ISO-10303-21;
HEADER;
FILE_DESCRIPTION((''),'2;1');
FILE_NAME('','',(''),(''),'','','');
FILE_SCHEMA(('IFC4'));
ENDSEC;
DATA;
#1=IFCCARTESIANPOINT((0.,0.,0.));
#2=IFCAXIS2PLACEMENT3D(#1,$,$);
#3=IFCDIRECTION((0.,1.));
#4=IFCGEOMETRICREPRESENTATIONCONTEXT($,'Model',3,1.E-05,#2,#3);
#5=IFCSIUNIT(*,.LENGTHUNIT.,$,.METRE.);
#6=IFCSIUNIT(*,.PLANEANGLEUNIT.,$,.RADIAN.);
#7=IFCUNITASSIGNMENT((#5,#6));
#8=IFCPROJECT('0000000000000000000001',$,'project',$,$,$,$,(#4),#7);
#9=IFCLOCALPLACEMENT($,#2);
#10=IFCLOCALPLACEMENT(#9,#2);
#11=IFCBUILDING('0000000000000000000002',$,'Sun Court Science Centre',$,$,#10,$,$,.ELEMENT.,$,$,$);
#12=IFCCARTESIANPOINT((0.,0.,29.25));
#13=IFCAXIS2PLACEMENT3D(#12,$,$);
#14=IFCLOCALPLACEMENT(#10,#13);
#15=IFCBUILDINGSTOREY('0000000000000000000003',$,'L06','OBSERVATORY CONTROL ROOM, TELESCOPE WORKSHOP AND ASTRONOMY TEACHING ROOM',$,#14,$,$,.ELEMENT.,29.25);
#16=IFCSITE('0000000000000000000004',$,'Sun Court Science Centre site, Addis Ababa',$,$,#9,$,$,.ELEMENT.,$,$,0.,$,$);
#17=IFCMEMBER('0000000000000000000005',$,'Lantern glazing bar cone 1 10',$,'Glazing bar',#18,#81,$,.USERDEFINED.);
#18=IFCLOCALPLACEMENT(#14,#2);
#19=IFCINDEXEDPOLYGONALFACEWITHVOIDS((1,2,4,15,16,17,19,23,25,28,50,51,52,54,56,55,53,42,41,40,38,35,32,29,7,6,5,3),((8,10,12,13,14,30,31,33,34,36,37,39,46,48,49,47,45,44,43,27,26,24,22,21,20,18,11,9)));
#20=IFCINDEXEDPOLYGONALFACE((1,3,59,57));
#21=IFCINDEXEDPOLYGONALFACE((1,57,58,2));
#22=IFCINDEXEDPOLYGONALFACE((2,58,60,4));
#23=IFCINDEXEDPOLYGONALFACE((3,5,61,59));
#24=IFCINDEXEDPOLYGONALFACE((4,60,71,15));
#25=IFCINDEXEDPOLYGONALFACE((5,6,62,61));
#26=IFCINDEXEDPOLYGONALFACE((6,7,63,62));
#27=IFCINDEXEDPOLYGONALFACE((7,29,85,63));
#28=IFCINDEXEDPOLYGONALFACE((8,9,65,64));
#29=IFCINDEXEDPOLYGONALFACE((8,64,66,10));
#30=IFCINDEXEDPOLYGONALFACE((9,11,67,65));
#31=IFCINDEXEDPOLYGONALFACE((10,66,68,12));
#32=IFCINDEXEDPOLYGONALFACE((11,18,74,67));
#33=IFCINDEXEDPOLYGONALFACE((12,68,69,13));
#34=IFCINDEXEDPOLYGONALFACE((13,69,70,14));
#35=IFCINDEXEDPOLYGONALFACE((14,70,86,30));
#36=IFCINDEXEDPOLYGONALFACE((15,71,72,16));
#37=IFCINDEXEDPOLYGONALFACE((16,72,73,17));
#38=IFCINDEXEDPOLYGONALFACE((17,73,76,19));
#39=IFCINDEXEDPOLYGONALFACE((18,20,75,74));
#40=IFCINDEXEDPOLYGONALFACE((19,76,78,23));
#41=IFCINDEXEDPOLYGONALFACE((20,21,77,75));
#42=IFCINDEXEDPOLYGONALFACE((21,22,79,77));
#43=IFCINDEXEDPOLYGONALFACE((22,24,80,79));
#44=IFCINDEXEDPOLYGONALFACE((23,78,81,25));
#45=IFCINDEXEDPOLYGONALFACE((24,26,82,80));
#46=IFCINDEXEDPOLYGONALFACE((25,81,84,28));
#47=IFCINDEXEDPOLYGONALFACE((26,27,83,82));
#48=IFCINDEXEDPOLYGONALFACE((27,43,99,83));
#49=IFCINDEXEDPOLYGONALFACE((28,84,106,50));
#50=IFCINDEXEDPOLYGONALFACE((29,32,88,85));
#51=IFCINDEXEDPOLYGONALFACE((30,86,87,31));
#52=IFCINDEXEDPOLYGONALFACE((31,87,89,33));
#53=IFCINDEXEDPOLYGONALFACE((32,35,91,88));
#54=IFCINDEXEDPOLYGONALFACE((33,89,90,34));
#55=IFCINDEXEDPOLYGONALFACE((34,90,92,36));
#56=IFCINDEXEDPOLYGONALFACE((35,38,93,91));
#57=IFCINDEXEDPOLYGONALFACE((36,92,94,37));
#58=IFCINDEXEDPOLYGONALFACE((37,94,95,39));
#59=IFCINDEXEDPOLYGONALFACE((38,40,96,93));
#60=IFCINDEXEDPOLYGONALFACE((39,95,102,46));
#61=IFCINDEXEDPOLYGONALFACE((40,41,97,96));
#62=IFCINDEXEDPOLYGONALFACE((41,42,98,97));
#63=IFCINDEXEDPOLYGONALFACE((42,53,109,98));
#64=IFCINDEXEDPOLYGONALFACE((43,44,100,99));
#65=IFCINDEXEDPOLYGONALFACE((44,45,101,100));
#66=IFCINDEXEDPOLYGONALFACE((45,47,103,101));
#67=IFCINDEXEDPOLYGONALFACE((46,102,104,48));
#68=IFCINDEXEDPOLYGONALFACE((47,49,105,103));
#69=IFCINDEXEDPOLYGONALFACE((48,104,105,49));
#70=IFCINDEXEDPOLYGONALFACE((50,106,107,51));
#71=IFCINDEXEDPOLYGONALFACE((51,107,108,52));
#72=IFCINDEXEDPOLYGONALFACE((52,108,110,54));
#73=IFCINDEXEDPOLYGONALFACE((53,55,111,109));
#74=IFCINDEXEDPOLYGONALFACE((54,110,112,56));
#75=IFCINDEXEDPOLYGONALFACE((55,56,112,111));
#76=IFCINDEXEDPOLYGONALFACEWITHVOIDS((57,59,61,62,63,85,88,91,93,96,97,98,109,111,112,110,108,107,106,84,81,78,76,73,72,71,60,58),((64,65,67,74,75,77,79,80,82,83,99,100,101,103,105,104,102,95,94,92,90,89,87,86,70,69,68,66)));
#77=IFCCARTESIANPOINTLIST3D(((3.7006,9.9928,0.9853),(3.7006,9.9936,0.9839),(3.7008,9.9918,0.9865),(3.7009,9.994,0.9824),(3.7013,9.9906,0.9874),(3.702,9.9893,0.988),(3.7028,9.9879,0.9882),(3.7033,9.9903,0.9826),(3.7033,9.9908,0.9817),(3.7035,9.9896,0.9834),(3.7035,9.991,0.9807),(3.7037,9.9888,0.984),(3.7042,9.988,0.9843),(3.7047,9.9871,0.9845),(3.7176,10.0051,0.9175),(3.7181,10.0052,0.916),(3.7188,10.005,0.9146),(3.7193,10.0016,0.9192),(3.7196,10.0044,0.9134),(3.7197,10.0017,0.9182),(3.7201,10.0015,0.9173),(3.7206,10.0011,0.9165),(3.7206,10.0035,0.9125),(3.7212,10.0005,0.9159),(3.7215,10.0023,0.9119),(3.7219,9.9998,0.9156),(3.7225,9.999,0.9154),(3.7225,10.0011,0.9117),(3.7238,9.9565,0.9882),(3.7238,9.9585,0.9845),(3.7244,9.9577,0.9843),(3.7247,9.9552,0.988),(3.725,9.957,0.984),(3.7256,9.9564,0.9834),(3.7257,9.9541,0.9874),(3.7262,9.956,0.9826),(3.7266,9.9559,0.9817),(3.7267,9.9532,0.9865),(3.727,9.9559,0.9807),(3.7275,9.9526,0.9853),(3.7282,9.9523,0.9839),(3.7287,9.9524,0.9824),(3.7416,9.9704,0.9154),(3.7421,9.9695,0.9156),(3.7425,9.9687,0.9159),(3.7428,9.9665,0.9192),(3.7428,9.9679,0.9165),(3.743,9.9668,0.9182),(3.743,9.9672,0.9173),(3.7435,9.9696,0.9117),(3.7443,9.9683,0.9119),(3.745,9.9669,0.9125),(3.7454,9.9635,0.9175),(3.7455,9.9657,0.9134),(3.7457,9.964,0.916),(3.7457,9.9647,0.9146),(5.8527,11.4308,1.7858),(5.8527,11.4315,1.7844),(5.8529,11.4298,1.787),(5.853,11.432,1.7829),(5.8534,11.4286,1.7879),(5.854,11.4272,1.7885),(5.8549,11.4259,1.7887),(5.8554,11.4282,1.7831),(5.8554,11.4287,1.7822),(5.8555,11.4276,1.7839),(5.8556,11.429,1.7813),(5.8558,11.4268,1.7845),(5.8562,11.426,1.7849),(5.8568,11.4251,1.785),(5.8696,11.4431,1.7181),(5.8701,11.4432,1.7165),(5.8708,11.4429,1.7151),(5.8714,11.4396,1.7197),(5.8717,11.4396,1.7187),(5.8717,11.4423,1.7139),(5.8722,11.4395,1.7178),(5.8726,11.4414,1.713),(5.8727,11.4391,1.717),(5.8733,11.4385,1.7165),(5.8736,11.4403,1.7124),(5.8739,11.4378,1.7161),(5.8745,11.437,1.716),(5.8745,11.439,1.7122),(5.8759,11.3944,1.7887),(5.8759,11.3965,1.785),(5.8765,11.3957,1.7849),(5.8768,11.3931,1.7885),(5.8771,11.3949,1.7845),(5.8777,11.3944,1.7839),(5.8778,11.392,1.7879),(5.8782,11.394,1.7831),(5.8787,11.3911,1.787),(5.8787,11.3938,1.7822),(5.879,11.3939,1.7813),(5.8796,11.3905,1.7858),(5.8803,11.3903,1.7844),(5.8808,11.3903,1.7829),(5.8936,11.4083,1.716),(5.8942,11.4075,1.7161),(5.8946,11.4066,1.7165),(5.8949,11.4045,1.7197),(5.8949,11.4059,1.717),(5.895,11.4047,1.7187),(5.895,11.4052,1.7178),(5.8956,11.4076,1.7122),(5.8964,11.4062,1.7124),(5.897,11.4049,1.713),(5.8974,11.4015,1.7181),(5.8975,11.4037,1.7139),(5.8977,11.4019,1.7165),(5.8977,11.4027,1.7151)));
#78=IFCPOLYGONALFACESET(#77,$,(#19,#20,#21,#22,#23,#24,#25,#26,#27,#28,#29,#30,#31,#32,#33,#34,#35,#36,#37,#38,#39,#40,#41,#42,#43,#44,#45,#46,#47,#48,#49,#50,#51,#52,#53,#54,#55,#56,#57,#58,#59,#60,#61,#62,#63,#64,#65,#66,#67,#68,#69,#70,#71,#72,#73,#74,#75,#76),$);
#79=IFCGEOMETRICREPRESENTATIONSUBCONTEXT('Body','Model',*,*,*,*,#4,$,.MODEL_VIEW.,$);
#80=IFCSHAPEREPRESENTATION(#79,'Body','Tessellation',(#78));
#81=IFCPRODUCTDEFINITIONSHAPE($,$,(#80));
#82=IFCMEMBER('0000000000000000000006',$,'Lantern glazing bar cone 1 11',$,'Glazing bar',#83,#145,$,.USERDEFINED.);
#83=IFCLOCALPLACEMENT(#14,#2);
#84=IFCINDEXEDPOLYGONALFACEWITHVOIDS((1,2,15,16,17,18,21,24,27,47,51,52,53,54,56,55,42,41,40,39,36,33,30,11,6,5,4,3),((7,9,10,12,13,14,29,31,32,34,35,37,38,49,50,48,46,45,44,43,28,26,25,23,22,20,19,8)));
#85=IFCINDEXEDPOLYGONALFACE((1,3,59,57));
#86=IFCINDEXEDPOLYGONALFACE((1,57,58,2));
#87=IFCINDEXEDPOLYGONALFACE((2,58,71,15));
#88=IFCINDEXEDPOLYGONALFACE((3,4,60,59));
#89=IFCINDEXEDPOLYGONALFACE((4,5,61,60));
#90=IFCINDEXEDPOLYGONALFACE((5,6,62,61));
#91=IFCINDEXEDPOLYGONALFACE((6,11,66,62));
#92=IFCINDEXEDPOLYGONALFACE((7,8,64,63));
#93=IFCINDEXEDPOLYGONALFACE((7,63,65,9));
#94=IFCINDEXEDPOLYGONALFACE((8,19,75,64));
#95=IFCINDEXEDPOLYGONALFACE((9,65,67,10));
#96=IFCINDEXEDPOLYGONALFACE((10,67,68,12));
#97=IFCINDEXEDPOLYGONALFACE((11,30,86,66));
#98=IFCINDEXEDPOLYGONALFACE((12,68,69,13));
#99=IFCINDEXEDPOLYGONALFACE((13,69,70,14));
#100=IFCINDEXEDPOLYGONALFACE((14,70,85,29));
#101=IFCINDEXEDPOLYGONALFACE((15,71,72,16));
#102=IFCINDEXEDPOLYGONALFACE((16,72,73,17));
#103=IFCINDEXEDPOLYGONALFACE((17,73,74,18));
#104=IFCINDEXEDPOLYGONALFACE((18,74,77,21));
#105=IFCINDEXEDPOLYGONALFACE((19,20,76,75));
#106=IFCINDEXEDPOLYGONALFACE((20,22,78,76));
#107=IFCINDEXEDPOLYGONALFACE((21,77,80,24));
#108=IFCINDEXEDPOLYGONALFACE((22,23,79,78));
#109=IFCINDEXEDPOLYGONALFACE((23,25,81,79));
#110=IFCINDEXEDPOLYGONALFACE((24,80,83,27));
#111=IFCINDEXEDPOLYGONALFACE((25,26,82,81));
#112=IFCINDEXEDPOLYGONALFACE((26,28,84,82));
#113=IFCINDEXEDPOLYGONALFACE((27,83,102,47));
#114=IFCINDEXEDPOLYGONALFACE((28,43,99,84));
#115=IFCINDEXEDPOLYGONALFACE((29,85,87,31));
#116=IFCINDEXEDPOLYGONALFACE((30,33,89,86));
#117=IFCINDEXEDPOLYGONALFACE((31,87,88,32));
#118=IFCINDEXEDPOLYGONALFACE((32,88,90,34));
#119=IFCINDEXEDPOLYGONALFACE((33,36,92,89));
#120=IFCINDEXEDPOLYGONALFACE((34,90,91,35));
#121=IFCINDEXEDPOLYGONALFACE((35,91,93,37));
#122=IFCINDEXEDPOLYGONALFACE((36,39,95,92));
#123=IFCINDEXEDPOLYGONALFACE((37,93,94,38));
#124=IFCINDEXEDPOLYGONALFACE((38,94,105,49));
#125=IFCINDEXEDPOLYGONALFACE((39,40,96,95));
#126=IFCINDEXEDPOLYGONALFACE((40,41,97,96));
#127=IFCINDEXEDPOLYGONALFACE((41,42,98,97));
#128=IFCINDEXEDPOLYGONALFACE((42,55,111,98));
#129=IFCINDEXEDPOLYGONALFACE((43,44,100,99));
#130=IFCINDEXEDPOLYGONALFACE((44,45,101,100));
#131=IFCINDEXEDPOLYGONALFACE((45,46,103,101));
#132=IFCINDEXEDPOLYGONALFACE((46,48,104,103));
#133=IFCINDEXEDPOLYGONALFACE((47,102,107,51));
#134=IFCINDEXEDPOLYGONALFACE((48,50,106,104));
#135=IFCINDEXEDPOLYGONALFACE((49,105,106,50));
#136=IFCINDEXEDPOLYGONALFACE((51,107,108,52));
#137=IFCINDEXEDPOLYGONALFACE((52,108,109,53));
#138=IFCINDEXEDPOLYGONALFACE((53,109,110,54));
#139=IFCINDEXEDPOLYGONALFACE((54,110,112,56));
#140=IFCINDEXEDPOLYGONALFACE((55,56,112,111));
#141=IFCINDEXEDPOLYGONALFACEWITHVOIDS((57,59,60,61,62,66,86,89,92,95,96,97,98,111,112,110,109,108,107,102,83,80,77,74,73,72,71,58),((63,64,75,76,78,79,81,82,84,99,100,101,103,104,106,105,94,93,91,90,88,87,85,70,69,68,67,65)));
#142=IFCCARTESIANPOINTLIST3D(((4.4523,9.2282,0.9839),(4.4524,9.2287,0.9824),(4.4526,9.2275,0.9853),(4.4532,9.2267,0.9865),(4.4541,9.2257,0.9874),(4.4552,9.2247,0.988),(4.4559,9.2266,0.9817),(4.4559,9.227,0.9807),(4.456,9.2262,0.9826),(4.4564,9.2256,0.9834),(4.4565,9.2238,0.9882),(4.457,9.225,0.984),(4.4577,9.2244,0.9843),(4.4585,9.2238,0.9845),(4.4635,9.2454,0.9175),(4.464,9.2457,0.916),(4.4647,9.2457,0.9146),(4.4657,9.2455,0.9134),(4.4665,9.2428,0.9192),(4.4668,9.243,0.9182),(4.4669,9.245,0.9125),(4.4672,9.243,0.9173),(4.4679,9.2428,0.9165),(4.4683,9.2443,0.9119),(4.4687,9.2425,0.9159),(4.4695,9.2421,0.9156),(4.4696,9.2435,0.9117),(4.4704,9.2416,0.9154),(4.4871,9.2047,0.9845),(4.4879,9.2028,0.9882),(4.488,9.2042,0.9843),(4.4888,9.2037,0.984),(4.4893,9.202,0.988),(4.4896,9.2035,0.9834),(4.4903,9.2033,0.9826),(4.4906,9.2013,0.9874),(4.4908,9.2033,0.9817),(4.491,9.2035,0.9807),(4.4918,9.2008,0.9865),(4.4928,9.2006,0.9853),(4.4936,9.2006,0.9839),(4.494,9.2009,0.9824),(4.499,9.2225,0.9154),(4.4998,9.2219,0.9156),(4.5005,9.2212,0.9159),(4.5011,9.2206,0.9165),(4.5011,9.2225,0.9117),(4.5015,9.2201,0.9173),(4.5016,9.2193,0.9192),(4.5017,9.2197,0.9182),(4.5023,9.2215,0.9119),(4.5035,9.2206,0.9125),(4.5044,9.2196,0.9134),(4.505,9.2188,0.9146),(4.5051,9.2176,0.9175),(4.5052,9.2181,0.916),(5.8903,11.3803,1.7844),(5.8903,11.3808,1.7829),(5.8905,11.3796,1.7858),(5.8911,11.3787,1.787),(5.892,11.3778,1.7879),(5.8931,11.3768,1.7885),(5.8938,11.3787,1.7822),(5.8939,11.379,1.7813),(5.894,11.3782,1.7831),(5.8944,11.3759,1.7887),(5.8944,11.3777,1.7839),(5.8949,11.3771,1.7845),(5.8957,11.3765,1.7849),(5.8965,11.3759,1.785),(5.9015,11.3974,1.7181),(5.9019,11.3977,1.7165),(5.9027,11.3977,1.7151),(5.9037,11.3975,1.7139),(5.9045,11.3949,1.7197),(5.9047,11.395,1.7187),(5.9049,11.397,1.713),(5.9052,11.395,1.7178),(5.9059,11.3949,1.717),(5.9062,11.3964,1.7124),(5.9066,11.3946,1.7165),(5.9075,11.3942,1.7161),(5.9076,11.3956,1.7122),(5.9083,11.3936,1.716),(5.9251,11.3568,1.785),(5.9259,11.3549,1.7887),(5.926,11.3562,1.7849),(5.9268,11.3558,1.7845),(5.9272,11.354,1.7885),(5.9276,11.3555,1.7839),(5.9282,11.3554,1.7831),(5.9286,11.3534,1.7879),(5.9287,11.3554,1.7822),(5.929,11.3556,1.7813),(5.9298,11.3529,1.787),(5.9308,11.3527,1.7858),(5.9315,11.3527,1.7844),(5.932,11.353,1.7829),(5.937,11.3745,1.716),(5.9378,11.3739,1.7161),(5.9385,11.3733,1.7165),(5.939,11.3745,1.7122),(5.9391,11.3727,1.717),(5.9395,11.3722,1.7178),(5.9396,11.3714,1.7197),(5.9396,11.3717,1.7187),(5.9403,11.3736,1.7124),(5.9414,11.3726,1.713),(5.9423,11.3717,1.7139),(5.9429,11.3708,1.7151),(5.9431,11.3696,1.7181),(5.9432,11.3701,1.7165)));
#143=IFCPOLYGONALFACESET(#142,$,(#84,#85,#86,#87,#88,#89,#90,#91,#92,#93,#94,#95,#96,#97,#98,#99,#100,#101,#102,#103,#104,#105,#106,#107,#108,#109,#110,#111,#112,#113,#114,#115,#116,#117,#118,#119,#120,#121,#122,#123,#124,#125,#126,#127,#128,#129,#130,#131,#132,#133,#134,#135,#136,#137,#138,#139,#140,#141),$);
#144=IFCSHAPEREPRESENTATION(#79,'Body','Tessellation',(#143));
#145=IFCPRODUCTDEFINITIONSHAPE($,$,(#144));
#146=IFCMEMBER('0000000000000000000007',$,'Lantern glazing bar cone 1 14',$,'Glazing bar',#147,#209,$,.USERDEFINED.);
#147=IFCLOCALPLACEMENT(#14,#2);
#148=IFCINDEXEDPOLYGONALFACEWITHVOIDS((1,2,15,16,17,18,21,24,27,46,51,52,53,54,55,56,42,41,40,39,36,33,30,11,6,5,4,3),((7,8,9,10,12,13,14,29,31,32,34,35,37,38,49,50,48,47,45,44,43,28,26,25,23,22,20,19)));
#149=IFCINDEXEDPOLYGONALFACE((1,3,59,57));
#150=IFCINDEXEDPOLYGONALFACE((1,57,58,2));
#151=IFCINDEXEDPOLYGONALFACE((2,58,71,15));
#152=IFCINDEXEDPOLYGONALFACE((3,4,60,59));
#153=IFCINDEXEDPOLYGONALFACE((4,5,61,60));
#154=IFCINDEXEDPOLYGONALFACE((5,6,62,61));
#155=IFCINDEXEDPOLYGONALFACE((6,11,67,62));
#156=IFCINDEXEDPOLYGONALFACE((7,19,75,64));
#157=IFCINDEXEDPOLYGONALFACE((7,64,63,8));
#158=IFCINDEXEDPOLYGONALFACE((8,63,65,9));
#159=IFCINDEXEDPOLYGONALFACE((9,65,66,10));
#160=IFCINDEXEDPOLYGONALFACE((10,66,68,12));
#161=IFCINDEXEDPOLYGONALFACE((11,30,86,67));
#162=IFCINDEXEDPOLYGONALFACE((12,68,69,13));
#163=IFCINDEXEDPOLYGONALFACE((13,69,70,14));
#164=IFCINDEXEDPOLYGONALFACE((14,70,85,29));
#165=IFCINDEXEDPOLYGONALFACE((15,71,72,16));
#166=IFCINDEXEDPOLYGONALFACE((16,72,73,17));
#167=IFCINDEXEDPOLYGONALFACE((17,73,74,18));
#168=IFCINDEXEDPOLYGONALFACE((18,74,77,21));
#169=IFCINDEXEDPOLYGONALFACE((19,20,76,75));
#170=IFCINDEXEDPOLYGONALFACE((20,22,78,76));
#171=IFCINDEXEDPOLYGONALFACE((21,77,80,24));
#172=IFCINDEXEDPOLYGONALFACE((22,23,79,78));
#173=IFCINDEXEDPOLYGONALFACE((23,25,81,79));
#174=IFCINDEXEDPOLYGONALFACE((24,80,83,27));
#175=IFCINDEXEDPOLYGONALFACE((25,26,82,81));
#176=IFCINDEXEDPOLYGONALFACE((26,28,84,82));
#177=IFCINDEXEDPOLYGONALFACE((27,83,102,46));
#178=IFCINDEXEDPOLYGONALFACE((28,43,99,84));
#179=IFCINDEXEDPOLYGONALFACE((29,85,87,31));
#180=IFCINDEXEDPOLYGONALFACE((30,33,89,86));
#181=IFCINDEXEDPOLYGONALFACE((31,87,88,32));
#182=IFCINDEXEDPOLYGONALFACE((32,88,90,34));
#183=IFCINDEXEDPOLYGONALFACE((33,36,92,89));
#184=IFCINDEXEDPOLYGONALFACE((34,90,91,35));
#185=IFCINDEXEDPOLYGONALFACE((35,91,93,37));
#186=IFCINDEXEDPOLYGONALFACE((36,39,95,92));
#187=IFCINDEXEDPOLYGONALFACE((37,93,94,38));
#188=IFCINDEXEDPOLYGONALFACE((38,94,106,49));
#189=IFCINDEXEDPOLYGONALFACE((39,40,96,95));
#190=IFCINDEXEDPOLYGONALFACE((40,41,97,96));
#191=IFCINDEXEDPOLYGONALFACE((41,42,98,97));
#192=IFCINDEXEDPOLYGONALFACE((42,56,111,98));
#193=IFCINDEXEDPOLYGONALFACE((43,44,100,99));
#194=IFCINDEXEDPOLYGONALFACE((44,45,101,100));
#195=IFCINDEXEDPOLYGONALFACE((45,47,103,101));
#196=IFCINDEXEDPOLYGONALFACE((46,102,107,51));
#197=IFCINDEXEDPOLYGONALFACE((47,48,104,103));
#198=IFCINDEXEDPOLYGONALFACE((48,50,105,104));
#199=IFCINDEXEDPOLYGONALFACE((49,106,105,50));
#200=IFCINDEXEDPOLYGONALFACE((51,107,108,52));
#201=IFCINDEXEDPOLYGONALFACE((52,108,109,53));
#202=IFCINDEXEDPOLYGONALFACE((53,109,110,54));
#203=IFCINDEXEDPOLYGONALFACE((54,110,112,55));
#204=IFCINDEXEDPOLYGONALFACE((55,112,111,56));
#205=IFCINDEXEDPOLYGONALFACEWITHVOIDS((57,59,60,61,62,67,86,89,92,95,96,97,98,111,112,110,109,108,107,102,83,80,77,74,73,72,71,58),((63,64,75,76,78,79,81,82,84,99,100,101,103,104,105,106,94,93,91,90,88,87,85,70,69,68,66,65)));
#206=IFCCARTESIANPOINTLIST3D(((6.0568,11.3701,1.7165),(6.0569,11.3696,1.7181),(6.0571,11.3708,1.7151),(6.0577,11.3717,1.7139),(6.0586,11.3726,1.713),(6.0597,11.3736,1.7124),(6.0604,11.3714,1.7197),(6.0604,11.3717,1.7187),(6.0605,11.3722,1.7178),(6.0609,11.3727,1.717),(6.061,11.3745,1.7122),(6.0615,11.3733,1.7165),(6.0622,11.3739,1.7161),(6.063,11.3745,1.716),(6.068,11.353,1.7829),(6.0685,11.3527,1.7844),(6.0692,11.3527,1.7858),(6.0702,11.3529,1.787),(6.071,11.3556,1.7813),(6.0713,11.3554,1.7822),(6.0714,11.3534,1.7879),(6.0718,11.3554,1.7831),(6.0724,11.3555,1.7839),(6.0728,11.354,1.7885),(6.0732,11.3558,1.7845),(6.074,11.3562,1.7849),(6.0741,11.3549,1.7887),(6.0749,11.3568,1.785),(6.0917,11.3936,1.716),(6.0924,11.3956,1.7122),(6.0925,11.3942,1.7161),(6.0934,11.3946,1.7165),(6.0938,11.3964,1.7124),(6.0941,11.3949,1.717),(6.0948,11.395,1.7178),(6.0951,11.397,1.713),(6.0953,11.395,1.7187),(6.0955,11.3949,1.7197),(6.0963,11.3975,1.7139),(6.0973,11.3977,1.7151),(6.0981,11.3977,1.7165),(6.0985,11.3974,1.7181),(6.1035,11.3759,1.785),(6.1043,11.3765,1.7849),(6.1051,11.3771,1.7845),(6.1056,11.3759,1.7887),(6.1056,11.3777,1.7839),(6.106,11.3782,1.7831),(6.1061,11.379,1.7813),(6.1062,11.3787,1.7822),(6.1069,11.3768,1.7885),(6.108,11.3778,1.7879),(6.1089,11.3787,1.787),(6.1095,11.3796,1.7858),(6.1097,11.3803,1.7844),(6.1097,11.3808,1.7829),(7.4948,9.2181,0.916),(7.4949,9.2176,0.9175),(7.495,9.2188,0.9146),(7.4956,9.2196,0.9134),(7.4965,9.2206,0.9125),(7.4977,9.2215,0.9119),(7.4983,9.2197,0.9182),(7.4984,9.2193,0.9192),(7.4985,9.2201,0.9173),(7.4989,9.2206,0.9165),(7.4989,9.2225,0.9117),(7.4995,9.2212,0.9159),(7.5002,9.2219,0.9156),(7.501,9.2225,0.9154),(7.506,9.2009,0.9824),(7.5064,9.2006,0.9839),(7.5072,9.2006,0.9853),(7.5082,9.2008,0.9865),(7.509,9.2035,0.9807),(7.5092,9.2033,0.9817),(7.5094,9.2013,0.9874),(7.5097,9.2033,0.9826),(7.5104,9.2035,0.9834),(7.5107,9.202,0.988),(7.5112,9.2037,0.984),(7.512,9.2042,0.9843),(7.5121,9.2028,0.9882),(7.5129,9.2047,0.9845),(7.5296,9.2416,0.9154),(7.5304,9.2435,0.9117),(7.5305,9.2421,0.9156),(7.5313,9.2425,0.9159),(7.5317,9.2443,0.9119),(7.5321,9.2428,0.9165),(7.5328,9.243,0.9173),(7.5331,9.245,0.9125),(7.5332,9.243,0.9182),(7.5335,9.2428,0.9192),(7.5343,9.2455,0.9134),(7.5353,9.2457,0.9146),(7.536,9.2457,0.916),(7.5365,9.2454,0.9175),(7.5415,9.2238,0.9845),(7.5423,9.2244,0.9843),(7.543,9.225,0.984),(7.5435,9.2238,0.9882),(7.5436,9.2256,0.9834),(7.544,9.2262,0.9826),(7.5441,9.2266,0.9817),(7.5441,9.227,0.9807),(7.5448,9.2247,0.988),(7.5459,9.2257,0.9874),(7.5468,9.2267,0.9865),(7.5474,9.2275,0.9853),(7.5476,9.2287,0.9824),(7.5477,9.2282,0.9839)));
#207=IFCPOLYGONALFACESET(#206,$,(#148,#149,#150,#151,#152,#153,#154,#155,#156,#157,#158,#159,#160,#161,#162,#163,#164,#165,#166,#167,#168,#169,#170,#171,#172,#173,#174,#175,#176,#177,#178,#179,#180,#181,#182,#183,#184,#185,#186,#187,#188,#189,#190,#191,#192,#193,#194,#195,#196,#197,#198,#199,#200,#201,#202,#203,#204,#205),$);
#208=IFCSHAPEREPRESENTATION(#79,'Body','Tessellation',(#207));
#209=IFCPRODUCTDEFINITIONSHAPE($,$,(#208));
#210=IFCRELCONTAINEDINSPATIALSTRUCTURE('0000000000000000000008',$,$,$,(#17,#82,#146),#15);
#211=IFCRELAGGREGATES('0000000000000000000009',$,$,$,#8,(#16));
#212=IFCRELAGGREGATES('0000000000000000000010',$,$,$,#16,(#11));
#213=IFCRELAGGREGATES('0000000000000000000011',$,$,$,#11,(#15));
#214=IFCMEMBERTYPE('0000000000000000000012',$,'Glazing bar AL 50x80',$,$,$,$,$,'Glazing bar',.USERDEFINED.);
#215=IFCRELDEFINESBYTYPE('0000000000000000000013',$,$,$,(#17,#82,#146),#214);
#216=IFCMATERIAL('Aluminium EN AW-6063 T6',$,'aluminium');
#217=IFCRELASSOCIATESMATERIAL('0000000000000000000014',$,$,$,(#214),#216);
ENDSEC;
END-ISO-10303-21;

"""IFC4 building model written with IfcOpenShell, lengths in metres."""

from ifc_helpers import new_model, si_unit, direction, frame, origin, origin_2d, place, context, subcontext, project, spatial, hollow_rectangle, extrude, material, material_profile, profile_set, type_object, element, save


model = new_model("IFC4")

# Units and contexts
model_context = context("Model", 3, precision=1e-05, world=origin(), true_north=direction((0.0, 1.0)))
body_context = subcontext(model_context, "Body", "Model", "MODEL_VIEW")
ifc_project = project(units=[si_unit("LENGTHUNIT", "METRE"), si_unit("PLANEANGLEUNIT", "RADIAN")], contexts=[model_context])

# Site, building, storey
site_placement = place(None, origin())
site = spatial("IfcSite", under=ifc_project, at=site_placement, Name="Sun Court Science Centre site, Addis Ababa", CompositionType="ELEMENT", RefElevation=0.0)
building_placement = place(site_placement, origin())
building = spatial("IfcBuilding", under=site, at=building_placement, Name="Sun Court Science Centre", CompositionType="ELEMENT")
storey_placement = place(building_placement, frame((0.0, 0.0, 29.25)))
storey = spatial("IfcBuildingStorey", under=building, at=storey_placement, Name="L06", Description="OBSERVATORY CONTROL ROOM, TELESCOPE WORKSHOP AND ASTRONOMY TEACHING ROOM", CompositionType="ELEMENT", Elevation=29.25)

# Members
ifc_material_1 = material(Name="Aluminium EN AW-6063 T6", Category="aluminium")
ifc_material_profile_1 = material_profile(ifc_material_1, hollow_rectangle(XDim=0.05, YDim=0.0801, WallThickness=0.0039, InnerFilletRadius=0.0039, OuterFilletRadius=0.0061, at=origin_2d()), Name="AL 50x80x4")
ifc_profile_set_1 = profile_set([ifc_material_profile_1], Name="Aluminium EN AW-6063 T6")
member_type_1 = type_object("IfcMemberType", Name="Glazing bar AL 50x80", ElementType="Glazing bar", PredefinedType="USERDEFINED", material=ifc_profile_set_1)
for number, where, z_axis, x_axis, name in (
    (1, (3.7231, 9.9788, 0.95), (0.794343, 0.530764, 0.29548), (-0.555571, 0.831469, 0.0), "Lantern glazing bar cone 1 10"),
    (2, (4.4788, 9.2231, 0.95), (0.530764, 0.794343, 0.29548), (-0.831469, 0.555571, 0.0), "Lantern glazing bar cone 1 11"),
    (3, (7.5212, 9.2231, 0.95), (-0.530764, 0.794343, 0.29548), (-0.831469, -0.555571, 0.0), "Lantern glazing bar cone 1 14"),
):
    element("IfcMember", number, at=place(storey_placement, frame(where, z_axis=z_axis, x_axis=x_axis)), inside=storey, type_object=member_type_1, Name=name, ObjectType="Glazing bar", PredefinedType="USERDEFINED", context=body_context, shape_type="SweptSolid", body=[
        extrude(hollow_rectangle(XDim=0.05, YDim=0.0801, WallThickness=0.0039, InnerFilletRadius=0.0039, OuterFilletRadius=0.0061, at=origin_2d()), origin(), (0.0, 0.0, 1.0), 2.7092),
    ])

save(model, "model.ifc")
